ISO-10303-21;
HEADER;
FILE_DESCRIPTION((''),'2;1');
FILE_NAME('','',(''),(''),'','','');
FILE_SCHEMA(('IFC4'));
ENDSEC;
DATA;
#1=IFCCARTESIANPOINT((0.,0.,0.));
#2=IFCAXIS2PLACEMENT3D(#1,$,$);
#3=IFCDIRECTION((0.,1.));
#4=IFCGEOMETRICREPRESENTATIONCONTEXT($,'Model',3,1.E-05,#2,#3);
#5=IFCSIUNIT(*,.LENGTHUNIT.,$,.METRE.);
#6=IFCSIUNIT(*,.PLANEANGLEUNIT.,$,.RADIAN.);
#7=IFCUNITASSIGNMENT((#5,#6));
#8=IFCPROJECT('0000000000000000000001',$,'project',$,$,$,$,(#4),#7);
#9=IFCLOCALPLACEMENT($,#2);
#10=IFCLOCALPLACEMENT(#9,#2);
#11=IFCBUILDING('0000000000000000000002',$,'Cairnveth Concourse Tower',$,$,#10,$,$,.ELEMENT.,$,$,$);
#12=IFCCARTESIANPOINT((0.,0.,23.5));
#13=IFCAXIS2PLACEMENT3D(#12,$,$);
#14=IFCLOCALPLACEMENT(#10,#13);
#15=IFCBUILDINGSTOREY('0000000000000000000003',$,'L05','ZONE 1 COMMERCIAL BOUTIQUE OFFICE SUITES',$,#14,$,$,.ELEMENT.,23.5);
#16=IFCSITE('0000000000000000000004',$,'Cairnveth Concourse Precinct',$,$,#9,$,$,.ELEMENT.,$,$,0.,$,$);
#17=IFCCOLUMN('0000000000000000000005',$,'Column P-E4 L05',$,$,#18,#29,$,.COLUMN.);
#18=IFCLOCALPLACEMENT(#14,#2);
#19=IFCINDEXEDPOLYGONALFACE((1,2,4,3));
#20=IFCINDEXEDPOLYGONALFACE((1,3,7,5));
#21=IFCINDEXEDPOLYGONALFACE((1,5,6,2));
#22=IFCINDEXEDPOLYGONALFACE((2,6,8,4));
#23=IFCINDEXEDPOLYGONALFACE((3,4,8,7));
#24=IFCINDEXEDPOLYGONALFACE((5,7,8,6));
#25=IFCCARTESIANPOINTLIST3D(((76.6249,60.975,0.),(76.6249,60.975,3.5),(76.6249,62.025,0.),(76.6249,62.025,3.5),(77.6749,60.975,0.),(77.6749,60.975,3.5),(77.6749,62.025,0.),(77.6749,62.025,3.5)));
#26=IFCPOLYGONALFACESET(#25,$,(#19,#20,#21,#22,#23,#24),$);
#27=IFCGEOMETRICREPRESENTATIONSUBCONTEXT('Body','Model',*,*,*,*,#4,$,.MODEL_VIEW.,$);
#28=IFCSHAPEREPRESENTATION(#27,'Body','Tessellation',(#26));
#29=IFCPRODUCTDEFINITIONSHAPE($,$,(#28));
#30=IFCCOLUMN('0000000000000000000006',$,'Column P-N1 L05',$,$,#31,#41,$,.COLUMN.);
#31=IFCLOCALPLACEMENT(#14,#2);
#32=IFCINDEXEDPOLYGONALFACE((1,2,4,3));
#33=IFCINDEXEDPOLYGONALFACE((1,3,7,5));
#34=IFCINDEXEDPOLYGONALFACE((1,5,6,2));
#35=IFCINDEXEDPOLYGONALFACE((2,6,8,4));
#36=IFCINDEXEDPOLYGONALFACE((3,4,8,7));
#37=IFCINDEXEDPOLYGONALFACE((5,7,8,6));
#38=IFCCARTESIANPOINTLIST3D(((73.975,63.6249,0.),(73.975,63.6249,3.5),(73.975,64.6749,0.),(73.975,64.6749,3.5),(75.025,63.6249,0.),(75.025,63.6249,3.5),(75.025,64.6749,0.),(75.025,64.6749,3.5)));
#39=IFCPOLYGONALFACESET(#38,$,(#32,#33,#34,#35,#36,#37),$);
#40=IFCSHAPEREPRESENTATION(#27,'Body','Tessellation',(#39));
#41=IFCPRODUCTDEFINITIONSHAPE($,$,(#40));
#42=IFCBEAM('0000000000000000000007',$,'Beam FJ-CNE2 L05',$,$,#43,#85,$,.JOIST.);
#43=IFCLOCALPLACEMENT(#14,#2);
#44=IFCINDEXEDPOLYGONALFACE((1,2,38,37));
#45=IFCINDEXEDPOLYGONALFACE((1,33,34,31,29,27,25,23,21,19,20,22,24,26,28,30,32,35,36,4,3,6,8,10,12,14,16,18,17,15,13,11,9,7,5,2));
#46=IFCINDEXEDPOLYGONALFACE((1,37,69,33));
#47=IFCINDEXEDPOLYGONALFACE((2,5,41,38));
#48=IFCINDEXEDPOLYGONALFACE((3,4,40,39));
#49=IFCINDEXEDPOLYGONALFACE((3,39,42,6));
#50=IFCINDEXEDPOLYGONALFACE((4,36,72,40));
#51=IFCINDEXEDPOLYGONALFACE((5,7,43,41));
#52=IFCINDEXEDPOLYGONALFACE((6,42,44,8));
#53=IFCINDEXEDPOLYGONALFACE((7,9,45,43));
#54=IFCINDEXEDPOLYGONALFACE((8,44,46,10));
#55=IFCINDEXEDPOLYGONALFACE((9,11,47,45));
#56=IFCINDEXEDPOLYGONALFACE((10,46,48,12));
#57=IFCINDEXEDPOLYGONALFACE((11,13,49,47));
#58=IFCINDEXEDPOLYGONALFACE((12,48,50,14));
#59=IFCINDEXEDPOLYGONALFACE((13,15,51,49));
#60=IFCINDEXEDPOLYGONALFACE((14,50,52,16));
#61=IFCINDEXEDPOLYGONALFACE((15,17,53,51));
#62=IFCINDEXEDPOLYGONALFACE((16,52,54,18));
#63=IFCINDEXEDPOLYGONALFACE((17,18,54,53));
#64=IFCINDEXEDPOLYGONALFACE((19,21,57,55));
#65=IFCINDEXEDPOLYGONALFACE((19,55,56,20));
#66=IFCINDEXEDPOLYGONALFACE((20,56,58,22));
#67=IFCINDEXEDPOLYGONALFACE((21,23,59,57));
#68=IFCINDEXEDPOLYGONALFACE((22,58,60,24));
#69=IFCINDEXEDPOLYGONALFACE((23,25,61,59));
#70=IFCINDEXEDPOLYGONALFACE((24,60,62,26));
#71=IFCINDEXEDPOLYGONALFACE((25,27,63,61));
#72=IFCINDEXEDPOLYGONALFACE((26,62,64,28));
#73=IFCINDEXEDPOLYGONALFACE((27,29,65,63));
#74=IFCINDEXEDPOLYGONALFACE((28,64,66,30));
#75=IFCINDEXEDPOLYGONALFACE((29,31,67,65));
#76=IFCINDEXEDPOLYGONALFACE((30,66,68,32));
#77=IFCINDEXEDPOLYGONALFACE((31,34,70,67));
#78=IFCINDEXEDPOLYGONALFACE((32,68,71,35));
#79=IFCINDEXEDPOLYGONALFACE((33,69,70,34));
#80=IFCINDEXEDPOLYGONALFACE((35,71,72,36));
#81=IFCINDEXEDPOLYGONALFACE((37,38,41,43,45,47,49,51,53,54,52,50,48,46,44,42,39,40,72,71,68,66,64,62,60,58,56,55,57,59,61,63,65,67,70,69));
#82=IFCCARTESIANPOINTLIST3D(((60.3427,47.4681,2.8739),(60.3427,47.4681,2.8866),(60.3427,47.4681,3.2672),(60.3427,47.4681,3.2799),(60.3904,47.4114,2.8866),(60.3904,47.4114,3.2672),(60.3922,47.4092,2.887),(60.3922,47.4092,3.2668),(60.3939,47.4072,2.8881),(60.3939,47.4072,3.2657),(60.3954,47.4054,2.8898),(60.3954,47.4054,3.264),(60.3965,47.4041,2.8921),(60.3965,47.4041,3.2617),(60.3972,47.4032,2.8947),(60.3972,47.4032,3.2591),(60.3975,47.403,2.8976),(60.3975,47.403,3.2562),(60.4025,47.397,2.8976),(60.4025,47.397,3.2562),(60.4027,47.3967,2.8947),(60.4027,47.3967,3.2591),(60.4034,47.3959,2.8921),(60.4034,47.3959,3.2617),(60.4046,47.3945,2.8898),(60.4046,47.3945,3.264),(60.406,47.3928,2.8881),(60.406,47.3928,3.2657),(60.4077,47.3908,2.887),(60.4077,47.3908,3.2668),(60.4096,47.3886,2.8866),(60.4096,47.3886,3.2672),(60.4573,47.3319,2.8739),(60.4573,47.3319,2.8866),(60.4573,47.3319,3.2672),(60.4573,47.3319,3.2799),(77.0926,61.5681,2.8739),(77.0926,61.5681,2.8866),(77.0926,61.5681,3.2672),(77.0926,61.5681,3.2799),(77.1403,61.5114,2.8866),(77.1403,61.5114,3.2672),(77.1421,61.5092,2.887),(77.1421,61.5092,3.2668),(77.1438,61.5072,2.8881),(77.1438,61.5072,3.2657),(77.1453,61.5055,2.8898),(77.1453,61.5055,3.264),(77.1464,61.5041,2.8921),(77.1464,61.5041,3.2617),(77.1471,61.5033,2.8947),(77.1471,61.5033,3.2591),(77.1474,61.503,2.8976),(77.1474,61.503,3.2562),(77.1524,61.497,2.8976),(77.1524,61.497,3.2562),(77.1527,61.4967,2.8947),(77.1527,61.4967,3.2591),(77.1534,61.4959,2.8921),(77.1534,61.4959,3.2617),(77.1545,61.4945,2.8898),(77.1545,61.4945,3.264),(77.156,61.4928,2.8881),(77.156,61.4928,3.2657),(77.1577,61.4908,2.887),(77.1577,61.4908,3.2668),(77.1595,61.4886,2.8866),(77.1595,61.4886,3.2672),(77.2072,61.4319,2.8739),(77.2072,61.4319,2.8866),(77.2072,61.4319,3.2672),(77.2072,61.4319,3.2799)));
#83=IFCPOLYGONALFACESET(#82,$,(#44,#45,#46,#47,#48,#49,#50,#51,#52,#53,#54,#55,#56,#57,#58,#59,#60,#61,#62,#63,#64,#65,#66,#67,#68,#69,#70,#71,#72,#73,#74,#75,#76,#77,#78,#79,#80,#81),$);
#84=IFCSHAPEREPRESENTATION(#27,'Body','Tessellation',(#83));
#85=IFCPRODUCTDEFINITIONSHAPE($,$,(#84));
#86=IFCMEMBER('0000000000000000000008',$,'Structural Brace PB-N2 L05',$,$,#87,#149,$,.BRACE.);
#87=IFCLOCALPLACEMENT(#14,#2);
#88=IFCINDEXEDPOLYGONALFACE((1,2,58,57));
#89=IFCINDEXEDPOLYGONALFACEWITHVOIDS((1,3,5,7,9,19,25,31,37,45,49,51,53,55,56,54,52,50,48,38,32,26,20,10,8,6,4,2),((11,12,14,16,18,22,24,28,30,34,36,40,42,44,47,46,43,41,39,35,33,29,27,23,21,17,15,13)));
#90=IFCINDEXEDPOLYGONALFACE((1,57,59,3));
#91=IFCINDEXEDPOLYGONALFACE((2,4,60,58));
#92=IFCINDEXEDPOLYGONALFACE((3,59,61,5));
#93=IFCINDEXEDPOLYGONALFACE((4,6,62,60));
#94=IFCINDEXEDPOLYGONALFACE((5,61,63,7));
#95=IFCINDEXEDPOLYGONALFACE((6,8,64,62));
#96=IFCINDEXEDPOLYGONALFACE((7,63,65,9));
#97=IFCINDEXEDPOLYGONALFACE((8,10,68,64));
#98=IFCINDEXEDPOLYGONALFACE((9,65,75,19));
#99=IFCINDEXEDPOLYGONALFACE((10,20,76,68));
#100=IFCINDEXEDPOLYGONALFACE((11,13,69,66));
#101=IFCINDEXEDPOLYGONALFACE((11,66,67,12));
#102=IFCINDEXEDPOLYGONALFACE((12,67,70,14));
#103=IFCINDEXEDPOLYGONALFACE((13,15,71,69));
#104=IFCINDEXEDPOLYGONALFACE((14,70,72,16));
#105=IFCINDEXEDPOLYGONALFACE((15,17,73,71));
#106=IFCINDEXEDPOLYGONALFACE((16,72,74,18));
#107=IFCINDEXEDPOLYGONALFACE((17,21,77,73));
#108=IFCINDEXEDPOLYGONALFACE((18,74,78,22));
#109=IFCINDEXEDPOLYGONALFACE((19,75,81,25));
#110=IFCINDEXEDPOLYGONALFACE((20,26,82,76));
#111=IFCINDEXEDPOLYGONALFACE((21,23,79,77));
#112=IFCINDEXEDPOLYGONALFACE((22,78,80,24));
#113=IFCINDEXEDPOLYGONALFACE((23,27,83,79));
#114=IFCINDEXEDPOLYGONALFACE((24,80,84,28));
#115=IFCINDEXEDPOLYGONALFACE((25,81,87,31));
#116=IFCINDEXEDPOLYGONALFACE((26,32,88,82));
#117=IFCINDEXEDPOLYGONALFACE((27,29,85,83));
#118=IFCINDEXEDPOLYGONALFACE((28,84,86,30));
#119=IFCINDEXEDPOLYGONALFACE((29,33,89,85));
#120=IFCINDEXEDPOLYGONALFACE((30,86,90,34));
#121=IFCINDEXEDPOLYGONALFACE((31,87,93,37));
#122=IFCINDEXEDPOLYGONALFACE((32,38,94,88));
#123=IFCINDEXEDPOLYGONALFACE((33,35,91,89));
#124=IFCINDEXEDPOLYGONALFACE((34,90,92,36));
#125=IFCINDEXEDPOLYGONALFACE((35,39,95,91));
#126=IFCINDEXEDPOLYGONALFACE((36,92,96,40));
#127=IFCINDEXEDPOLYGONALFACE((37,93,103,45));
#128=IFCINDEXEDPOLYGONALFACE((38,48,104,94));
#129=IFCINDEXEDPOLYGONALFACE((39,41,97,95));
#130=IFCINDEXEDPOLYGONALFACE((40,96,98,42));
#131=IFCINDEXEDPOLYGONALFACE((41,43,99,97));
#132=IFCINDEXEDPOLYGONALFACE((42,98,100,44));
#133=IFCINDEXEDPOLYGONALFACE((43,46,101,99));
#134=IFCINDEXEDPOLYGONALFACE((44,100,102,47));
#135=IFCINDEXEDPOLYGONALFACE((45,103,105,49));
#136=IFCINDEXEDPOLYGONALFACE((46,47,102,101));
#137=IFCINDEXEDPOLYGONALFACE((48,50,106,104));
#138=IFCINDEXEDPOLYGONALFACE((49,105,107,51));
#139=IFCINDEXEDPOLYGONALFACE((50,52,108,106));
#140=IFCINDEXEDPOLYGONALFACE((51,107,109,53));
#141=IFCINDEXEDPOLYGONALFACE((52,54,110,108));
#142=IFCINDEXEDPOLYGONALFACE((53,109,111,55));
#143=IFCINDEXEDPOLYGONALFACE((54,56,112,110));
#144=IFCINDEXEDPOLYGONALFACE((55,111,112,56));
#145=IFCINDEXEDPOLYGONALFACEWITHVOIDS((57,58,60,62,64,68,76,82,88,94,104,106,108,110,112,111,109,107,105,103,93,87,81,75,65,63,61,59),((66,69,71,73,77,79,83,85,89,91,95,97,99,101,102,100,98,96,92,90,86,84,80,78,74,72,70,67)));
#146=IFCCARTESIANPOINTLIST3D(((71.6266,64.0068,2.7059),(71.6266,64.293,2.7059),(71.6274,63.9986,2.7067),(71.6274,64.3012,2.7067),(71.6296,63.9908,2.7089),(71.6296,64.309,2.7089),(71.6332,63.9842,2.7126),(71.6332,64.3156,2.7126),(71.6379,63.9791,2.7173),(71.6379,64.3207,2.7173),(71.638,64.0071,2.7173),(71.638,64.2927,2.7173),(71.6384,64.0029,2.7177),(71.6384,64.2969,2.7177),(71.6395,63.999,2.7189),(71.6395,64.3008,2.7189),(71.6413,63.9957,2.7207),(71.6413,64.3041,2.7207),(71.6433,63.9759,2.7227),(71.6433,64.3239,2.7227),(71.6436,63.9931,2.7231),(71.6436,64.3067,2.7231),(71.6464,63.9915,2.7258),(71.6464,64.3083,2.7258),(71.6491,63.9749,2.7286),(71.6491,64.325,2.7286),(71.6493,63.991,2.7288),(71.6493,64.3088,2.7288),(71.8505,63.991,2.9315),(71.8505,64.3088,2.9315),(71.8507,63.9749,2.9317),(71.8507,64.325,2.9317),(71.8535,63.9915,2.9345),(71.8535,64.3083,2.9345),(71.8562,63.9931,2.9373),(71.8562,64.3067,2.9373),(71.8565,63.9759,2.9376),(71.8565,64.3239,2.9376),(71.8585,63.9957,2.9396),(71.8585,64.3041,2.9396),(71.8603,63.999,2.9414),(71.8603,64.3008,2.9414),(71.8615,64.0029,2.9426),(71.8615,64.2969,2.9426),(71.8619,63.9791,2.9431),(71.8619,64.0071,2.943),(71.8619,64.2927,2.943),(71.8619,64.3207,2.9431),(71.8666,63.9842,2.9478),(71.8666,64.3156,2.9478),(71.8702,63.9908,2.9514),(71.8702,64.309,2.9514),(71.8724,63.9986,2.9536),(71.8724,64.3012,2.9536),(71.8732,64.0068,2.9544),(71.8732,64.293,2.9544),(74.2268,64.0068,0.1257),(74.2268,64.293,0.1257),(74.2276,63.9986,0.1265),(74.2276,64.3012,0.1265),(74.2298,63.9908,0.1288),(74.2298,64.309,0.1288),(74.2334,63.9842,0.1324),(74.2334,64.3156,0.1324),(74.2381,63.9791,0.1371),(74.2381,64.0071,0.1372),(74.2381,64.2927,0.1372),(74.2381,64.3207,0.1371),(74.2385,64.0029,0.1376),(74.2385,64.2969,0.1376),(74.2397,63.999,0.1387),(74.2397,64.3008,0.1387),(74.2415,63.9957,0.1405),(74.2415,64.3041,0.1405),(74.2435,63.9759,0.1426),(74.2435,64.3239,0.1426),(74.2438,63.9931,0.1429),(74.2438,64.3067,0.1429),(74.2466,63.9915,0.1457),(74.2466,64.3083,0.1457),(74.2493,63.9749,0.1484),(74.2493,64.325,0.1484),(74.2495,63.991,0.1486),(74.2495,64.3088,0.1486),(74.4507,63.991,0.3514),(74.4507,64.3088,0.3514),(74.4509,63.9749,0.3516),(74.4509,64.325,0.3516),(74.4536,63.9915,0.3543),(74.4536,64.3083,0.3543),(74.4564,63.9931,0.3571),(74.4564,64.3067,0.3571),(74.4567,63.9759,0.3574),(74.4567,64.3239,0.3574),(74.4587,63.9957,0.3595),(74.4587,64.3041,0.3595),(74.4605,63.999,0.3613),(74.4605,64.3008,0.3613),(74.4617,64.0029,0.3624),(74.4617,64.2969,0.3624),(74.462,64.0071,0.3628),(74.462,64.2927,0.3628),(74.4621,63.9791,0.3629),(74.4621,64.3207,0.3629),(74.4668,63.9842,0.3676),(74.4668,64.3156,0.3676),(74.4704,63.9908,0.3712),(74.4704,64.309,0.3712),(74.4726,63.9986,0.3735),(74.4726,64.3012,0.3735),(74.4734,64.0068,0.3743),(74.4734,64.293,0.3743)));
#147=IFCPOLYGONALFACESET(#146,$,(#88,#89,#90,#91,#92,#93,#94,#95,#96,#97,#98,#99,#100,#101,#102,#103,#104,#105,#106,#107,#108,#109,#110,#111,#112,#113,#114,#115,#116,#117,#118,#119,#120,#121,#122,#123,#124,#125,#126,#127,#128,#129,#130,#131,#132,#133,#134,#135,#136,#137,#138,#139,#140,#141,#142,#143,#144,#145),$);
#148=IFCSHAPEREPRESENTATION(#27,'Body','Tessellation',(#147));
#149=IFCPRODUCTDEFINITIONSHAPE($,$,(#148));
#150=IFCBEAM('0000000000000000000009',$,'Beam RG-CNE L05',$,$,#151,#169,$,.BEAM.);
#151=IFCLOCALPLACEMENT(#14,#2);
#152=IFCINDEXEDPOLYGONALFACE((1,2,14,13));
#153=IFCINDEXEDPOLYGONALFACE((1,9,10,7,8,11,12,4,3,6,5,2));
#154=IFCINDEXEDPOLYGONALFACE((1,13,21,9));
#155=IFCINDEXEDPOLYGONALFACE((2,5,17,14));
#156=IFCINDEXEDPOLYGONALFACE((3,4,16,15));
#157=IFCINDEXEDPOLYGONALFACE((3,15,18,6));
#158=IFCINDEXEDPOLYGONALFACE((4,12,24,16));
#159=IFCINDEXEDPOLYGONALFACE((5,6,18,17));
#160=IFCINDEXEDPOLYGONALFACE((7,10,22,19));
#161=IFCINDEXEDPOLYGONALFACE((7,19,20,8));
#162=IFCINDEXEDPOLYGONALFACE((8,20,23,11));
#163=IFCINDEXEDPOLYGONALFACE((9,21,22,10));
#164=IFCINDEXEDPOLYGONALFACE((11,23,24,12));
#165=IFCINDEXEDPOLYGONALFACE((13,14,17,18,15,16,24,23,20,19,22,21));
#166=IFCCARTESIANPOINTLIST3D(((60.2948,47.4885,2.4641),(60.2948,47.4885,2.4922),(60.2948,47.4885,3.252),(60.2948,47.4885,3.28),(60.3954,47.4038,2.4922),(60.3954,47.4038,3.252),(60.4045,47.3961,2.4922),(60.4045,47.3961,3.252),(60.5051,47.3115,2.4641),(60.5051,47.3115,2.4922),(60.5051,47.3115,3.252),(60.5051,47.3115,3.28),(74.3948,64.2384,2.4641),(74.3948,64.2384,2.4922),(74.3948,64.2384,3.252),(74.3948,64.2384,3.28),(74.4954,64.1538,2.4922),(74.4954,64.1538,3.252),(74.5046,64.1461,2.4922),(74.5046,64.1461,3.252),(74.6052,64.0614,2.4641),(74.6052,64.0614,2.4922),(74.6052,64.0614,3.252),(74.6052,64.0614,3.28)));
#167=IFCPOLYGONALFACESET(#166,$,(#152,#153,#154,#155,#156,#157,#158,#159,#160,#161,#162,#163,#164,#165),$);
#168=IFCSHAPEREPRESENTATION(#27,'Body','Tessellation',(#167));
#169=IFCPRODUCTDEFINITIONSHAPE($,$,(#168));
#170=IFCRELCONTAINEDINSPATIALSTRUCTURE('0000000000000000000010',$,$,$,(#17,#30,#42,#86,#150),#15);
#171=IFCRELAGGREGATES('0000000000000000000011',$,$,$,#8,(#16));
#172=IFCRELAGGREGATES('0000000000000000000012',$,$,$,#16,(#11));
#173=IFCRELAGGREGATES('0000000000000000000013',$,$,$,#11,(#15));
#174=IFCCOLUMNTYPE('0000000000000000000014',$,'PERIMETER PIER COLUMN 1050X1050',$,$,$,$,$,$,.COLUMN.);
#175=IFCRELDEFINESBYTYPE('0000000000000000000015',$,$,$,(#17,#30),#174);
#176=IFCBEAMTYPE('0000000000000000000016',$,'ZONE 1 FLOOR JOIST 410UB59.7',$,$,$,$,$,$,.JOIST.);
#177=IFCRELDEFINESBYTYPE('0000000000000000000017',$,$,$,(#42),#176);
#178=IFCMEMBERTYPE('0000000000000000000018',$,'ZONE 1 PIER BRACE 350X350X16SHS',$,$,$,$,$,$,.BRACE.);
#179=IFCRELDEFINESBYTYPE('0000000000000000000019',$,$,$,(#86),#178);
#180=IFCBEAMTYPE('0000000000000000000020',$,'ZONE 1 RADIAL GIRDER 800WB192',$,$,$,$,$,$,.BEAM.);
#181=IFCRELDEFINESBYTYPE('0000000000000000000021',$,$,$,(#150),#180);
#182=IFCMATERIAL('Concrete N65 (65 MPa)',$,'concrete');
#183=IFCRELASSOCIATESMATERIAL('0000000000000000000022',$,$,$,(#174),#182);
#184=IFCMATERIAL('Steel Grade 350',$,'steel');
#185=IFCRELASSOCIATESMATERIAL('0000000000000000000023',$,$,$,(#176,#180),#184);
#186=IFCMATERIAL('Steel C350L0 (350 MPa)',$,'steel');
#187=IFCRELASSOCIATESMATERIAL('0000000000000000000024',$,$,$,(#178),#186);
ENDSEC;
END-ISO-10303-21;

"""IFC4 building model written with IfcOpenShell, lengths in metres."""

from ifc_helpers import new_model, si_unit, direction, frame, origin, origin_2d, place, context, subcontext, project, spatial, rectangle, hollow_rectangle, i_section, extrude, material, material_profile, profile_set, type_object, element, save


model = new_model("IFC4")

# Units and contexts
model_context = context("Model", 3, precision=1e-05, world=origin(), true_north=direction((0.0, 1.0)))
body_context = subcontext(model_context, "Body", "Model", "MODEL_VIEW")
ifc_project = project(units=[si_unit("LENGTHUNIT", "METRE"), si_unit("PLANEANGLEUNIT", "RADIAN")], contexts=[model_context])

# Site, building, storey
site_placement = place(None, origin())
site = spatial("IfcSite", under=ifc_project, at=site_placement, Name="Cairnveth Concourse Precinct", CompositionType="ELEMENT", RefElevation=0.0)
building_placement = place(site_placement, origin())
building = spatial("IfcBuilding", under=site, at=building_placement, Name="Cairnveth Concourse Tower", CompositionType="ELEMENT")
storey_placement = place(building_placement, frame((0.0, 0.0, 23.5)))
storey = spatial("IfcBuildingStorey", under=building, at=storey_placement, Name="L05", Description="ZONE 1 COMMERCIAL BOUTIQUE OFFICE SUITES", CompositionType="ELEMENT", Elevation=23.5)

# Columns
ifc_material_1 = material(Name="Concrete N65 (65 MPa)", Category="concrete")
ifc_material_profile_1 = material_profile(ifc_material_1, rectangle(XDim=1.05, YDim=1.05, at=origin_2d()), Name="RC-COL-1050x1050")
ifc_profile_set_1 = profile_set([ifc_material_profile_1], Name="Concrete N65 (65 MPa)")
column_type = type_object("IfcColumnType", Name="PERIMETER PIER COLUMN 1050X1050", PredefinedType="COLUMN", material=ifc_profile_set_1)
for number, where, z_axis, x_axis, name in (
    (1, (77.1499, 61.5, 0.0), (0.0, 0.0, 1.0), (0.0, 1.0, 0.0), "Column P-E4 L05"),
    (2, (74.5, 64.1499, 0.0), (0.0, 0.0, 1.0), (1.0, 0.0, 0.0), "Column P-N1 L05"),
):
    element("IfcColumn", number, at=place(storey_placement, frame(where, z_axis=z_axis, x_axis=x_axis)), inside=storey, type_object=column_type, Name=name, PredefinedType="COLUMN", context=body_context, shape_type="SweptSolid", body=[
        extrude(rectangle(XDim=1.05, YDim=1.05, at=origin_2d()), origin(), (0.0, 0.0, 1.0), 3.5),
    ])

# Beam
ifc_material_2 = material(Name="Steel Grade 350", Category="steel")
ifc_material_profile_2 = material_profile(ifc_material_2, i_section(OverallWidth=0.178, OverallDepth=0.406, WebThickness=0.0078, FlangeThickness=0.0127, FilletRadius=0.011, at=origin_2d()), Name="410UB59.7")
ifc_profile_set_2 = profile_set([ifc_material_profile_2], Name="Steel Grade 350")
beam_type_1 = type_object("IfcBeamType", Name="ZONE 1 FLOOR JOIST 410UB59.7", PredefinedType="JOIST", material=ifc_profile_set_2)
beam_1_placement = place(storey_placement, frame((77.1499, 61.5, 3.0769), z_axis=(-0.765027, -0.643998, 0.0), x_axis=(0.643998, -0.765027, 0.0)))
element("IfcBeam", 3, at=beam_1_placement, inside=storey, type_object=beam_type_1, Name="Beam FJ-CNE2 L05", PredefinedType="JOIST", context=body_context, shape_type="SweptSolid", body=[
    extrude(i_section(OverallWidth=0.178, OverallDepth=0.406, WebThickness=0.0078, FlangeThickness=0.0127, FilletRadius=0.011, at=origin_2d()), origin(), (0.0, 0.0, 1.0), 21.8945),
])

# Member
ifc_material_3 = material(Name="Steel C350L0 (350 MPa)", Category="steel")
ifc_material_profile_3 = material_profile(ifc_material_3, hollow_rectangle(XDim=0.3501, YDim=0.3501, WallThickness=0.0161, InnerFilletRadius=0.0161, OuterFilletRadius=0.032, at=origin_2d()), Name="350x350x16.0SHS")
ifc_profile_set_3 = profile_set([ifc_material_profile_3], Name="Steel C350L0 (350 MPa)")
member_type = type_object("IfcMemberType", Name="ZONE 1 PIER BRACE 350X350X16SHS", PredefinedType="BRACE", material=ifc_profile_set_3)
member_placement = place(storey_placement, frame((74.3501, 64.1499, 0.25), z_axis=(-0.709834, 0.0, 0.704369), x_axis=(0.0, -1.0, 0.0)))
element("IfcMember", 4, at=member_placement, inside=storey, type_object=member_type, Name="Structural Brace PB-N2 L05", PredefinedType="BRACE", context=body_context, shape_type="SweptSolid", body=[
    extrude(hollow_rectangle(XDim=0.3501, YDim=0.3501, WallThickness=0.0161, InnerFilletRadius=0.0161, OuterFilletRadius=0.032, at=origin_2d()), origin(), (0.0, 0.0, 1.0), 3.6631),
])

# Beam
ifc_material_profile_4 = material_profile(ifc_material_2, i_section(OverallWidth=0.2749, OverallDepth=0.8159, WebThickness=0.012, FlangeThickness=0.0281, at=origin_2d()), Name="800WB192")
ifc_profile_set_4 = profile_set([ifc_material_profile_4], Name="Steel Grade 350")
beam_type_2 = type_object("IfcBeamType", Name="ZONE 1 RADIAL GIRDER 800WB192", PredefinedType="BEAM", material=ifc_profile_set_4)
beam_2_placement = place(storey_placement, frame((74.5, 64.1499, 2.8721), z_axis=(-0.643998, -0.765027, 0.0), x_axis=(0.765027, -0.643998, 0.0)))
element("IfcBeam", 5, at=beam_2_placement, inside=storey, type_object=beam_type_2, Name="Beam RG-CNE L05", PredefinedType="BEAM", context=body_context, shape_type="SweptSolid", body=[
    extrude(i_section(OverallWidth=0.2749, OverallDepth=0.8159, WebThickness=0.012, FlangeThickness=0.0281, at=origin_2d()), origin(), (0.0, 0.0, 1.0), 21.8945),
])

save(model, "model.ifc")
